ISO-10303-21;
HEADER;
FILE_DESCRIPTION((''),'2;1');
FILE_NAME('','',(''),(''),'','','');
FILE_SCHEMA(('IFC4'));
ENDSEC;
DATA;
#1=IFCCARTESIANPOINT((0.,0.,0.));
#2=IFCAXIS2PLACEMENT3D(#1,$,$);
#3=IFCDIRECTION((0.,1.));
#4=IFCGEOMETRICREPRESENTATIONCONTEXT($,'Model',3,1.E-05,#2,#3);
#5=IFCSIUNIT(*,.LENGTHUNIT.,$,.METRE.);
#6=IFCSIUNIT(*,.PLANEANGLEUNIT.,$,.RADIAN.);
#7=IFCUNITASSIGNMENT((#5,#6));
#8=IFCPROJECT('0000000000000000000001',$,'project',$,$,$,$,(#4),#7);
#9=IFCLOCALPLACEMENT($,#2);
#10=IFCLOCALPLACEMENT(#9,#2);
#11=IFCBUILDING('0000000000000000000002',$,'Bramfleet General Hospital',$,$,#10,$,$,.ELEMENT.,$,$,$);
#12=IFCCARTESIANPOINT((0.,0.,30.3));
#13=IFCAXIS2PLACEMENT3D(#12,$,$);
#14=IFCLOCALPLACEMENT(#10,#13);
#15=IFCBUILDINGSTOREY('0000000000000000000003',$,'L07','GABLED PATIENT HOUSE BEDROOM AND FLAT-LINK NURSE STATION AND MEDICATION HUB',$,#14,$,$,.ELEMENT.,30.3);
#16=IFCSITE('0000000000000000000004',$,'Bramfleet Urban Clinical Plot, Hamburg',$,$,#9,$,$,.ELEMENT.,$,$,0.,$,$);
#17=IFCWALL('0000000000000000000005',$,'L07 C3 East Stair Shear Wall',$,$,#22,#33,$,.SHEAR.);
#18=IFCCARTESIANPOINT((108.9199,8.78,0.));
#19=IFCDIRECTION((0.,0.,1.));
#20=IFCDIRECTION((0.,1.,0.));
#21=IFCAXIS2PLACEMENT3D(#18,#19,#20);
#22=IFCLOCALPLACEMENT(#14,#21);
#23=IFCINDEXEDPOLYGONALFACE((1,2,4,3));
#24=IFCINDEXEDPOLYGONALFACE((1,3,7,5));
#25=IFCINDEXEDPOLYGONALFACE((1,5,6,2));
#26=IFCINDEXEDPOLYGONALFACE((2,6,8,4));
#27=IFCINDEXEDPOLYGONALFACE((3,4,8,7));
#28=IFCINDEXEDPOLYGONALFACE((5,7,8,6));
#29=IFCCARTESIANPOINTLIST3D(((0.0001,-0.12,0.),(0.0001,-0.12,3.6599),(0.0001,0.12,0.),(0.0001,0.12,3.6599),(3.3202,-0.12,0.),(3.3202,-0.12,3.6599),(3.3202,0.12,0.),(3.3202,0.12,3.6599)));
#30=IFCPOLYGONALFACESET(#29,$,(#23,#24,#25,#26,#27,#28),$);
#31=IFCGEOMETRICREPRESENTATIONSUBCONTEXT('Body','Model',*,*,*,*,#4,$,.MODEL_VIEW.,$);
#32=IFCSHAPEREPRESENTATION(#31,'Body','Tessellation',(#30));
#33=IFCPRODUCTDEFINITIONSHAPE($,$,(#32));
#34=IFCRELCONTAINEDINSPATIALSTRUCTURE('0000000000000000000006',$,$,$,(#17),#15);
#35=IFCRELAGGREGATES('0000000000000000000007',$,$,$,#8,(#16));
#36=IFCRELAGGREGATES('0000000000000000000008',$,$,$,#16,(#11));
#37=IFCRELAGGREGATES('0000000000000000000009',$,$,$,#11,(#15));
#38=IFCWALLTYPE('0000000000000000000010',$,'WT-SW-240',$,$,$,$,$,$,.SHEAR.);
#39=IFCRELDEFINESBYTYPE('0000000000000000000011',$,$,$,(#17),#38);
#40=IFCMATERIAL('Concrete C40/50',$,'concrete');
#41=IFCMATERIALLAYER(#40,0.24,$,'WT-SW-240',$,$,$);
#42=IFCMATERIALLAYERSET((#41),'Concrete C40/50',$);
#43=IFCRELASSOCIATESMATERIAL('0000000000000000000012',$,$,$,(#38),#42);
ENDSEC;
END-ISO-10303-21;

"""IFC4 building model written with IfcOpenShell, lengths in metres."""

from ifc_helpers import new_model, si_unit, direction, frame, frame_2d, origin, place, context, subcontext, project, spatial, rectangle, extrude, material, layer, layer_set, type_object, element, save


model = new_model("IFC4")

# Units and contexts
model_context = context("Model", 3, precision=1e-05, world=origin(), true_north=direction((0.0, 1.0)))
body_context = subcontext(model_context, "Body", "Model", "MODEL_VIEW")
ifc_project = project(units=[si_unit("LENGTHUNIT", "METRE"), si_unit("PLANEANGLEUNIT", "RADIAN")], contexts=[model_context])

# Site, building, storey
site_placement = place(None, origin())
site = spatial("IfcSite", under=ifc_project, at=site_placement, Name="Bramfleet Urban Clinical Plot, Hamburg", CompositionType="ELEMENT", RefElevation=0.0)
building_placement = place(site_placement, origin())
building = spatial("IfcBuilding", under=site, at=building_placement, Name="Bramfleet General Hospital", CompositionType="ELEMENT")
storey_placement = place(building_placement, frame((0.0, 0.0, 30.3)))
storey = spatial("IfcBuildingStorey", under=building, at=storey_placement, Name="L07", Description="GABLED PATIENT HOUSE BEDROOM AND FLAT-LINK NURSE STATION AND MEDICATION HUB", CompositionType="ELEMENT", Elevation=30.3)

# Shared definitions
ifc_material_1 = material(Name="Concrete C40/50", Category="concrete")

# Wall
ifc_layer_1 = layer(ifc_material_1, 0.24, Name="WT-SW-240")
ifc_layer_set_1 = layer_set([ifc_layer_1], Name="Concrete C40/50")
wall_type_1 = type_object("IfcWallType", Name="WT-SW-240", PredefinedType="SHEAR", material=ifc_layer_set_1)
wall_1_placement = place(storey_placement, frame((108.9199, 8.78, 0.0), z_axis=(0.0, 0.0, 1.0), x_axis=(0.0, 1.0, 0.0)))
element("IfcWall", 1, at=wall_1_placement, inside=storey, type_object=wall_type_1, Name="L07 C3 East Stair Shear Wall", PredefinedType="SHEAR", context=body_context, shape_type="SweptSolid", body=[
    extrude(rectangle(XDim=3.3201, YDim=0.24, at=frame_2d((1.6602, 0.0))), origin(), (0.0, 0.0, 1.0), 3.6599),
])

save(model, "model.ifc")
